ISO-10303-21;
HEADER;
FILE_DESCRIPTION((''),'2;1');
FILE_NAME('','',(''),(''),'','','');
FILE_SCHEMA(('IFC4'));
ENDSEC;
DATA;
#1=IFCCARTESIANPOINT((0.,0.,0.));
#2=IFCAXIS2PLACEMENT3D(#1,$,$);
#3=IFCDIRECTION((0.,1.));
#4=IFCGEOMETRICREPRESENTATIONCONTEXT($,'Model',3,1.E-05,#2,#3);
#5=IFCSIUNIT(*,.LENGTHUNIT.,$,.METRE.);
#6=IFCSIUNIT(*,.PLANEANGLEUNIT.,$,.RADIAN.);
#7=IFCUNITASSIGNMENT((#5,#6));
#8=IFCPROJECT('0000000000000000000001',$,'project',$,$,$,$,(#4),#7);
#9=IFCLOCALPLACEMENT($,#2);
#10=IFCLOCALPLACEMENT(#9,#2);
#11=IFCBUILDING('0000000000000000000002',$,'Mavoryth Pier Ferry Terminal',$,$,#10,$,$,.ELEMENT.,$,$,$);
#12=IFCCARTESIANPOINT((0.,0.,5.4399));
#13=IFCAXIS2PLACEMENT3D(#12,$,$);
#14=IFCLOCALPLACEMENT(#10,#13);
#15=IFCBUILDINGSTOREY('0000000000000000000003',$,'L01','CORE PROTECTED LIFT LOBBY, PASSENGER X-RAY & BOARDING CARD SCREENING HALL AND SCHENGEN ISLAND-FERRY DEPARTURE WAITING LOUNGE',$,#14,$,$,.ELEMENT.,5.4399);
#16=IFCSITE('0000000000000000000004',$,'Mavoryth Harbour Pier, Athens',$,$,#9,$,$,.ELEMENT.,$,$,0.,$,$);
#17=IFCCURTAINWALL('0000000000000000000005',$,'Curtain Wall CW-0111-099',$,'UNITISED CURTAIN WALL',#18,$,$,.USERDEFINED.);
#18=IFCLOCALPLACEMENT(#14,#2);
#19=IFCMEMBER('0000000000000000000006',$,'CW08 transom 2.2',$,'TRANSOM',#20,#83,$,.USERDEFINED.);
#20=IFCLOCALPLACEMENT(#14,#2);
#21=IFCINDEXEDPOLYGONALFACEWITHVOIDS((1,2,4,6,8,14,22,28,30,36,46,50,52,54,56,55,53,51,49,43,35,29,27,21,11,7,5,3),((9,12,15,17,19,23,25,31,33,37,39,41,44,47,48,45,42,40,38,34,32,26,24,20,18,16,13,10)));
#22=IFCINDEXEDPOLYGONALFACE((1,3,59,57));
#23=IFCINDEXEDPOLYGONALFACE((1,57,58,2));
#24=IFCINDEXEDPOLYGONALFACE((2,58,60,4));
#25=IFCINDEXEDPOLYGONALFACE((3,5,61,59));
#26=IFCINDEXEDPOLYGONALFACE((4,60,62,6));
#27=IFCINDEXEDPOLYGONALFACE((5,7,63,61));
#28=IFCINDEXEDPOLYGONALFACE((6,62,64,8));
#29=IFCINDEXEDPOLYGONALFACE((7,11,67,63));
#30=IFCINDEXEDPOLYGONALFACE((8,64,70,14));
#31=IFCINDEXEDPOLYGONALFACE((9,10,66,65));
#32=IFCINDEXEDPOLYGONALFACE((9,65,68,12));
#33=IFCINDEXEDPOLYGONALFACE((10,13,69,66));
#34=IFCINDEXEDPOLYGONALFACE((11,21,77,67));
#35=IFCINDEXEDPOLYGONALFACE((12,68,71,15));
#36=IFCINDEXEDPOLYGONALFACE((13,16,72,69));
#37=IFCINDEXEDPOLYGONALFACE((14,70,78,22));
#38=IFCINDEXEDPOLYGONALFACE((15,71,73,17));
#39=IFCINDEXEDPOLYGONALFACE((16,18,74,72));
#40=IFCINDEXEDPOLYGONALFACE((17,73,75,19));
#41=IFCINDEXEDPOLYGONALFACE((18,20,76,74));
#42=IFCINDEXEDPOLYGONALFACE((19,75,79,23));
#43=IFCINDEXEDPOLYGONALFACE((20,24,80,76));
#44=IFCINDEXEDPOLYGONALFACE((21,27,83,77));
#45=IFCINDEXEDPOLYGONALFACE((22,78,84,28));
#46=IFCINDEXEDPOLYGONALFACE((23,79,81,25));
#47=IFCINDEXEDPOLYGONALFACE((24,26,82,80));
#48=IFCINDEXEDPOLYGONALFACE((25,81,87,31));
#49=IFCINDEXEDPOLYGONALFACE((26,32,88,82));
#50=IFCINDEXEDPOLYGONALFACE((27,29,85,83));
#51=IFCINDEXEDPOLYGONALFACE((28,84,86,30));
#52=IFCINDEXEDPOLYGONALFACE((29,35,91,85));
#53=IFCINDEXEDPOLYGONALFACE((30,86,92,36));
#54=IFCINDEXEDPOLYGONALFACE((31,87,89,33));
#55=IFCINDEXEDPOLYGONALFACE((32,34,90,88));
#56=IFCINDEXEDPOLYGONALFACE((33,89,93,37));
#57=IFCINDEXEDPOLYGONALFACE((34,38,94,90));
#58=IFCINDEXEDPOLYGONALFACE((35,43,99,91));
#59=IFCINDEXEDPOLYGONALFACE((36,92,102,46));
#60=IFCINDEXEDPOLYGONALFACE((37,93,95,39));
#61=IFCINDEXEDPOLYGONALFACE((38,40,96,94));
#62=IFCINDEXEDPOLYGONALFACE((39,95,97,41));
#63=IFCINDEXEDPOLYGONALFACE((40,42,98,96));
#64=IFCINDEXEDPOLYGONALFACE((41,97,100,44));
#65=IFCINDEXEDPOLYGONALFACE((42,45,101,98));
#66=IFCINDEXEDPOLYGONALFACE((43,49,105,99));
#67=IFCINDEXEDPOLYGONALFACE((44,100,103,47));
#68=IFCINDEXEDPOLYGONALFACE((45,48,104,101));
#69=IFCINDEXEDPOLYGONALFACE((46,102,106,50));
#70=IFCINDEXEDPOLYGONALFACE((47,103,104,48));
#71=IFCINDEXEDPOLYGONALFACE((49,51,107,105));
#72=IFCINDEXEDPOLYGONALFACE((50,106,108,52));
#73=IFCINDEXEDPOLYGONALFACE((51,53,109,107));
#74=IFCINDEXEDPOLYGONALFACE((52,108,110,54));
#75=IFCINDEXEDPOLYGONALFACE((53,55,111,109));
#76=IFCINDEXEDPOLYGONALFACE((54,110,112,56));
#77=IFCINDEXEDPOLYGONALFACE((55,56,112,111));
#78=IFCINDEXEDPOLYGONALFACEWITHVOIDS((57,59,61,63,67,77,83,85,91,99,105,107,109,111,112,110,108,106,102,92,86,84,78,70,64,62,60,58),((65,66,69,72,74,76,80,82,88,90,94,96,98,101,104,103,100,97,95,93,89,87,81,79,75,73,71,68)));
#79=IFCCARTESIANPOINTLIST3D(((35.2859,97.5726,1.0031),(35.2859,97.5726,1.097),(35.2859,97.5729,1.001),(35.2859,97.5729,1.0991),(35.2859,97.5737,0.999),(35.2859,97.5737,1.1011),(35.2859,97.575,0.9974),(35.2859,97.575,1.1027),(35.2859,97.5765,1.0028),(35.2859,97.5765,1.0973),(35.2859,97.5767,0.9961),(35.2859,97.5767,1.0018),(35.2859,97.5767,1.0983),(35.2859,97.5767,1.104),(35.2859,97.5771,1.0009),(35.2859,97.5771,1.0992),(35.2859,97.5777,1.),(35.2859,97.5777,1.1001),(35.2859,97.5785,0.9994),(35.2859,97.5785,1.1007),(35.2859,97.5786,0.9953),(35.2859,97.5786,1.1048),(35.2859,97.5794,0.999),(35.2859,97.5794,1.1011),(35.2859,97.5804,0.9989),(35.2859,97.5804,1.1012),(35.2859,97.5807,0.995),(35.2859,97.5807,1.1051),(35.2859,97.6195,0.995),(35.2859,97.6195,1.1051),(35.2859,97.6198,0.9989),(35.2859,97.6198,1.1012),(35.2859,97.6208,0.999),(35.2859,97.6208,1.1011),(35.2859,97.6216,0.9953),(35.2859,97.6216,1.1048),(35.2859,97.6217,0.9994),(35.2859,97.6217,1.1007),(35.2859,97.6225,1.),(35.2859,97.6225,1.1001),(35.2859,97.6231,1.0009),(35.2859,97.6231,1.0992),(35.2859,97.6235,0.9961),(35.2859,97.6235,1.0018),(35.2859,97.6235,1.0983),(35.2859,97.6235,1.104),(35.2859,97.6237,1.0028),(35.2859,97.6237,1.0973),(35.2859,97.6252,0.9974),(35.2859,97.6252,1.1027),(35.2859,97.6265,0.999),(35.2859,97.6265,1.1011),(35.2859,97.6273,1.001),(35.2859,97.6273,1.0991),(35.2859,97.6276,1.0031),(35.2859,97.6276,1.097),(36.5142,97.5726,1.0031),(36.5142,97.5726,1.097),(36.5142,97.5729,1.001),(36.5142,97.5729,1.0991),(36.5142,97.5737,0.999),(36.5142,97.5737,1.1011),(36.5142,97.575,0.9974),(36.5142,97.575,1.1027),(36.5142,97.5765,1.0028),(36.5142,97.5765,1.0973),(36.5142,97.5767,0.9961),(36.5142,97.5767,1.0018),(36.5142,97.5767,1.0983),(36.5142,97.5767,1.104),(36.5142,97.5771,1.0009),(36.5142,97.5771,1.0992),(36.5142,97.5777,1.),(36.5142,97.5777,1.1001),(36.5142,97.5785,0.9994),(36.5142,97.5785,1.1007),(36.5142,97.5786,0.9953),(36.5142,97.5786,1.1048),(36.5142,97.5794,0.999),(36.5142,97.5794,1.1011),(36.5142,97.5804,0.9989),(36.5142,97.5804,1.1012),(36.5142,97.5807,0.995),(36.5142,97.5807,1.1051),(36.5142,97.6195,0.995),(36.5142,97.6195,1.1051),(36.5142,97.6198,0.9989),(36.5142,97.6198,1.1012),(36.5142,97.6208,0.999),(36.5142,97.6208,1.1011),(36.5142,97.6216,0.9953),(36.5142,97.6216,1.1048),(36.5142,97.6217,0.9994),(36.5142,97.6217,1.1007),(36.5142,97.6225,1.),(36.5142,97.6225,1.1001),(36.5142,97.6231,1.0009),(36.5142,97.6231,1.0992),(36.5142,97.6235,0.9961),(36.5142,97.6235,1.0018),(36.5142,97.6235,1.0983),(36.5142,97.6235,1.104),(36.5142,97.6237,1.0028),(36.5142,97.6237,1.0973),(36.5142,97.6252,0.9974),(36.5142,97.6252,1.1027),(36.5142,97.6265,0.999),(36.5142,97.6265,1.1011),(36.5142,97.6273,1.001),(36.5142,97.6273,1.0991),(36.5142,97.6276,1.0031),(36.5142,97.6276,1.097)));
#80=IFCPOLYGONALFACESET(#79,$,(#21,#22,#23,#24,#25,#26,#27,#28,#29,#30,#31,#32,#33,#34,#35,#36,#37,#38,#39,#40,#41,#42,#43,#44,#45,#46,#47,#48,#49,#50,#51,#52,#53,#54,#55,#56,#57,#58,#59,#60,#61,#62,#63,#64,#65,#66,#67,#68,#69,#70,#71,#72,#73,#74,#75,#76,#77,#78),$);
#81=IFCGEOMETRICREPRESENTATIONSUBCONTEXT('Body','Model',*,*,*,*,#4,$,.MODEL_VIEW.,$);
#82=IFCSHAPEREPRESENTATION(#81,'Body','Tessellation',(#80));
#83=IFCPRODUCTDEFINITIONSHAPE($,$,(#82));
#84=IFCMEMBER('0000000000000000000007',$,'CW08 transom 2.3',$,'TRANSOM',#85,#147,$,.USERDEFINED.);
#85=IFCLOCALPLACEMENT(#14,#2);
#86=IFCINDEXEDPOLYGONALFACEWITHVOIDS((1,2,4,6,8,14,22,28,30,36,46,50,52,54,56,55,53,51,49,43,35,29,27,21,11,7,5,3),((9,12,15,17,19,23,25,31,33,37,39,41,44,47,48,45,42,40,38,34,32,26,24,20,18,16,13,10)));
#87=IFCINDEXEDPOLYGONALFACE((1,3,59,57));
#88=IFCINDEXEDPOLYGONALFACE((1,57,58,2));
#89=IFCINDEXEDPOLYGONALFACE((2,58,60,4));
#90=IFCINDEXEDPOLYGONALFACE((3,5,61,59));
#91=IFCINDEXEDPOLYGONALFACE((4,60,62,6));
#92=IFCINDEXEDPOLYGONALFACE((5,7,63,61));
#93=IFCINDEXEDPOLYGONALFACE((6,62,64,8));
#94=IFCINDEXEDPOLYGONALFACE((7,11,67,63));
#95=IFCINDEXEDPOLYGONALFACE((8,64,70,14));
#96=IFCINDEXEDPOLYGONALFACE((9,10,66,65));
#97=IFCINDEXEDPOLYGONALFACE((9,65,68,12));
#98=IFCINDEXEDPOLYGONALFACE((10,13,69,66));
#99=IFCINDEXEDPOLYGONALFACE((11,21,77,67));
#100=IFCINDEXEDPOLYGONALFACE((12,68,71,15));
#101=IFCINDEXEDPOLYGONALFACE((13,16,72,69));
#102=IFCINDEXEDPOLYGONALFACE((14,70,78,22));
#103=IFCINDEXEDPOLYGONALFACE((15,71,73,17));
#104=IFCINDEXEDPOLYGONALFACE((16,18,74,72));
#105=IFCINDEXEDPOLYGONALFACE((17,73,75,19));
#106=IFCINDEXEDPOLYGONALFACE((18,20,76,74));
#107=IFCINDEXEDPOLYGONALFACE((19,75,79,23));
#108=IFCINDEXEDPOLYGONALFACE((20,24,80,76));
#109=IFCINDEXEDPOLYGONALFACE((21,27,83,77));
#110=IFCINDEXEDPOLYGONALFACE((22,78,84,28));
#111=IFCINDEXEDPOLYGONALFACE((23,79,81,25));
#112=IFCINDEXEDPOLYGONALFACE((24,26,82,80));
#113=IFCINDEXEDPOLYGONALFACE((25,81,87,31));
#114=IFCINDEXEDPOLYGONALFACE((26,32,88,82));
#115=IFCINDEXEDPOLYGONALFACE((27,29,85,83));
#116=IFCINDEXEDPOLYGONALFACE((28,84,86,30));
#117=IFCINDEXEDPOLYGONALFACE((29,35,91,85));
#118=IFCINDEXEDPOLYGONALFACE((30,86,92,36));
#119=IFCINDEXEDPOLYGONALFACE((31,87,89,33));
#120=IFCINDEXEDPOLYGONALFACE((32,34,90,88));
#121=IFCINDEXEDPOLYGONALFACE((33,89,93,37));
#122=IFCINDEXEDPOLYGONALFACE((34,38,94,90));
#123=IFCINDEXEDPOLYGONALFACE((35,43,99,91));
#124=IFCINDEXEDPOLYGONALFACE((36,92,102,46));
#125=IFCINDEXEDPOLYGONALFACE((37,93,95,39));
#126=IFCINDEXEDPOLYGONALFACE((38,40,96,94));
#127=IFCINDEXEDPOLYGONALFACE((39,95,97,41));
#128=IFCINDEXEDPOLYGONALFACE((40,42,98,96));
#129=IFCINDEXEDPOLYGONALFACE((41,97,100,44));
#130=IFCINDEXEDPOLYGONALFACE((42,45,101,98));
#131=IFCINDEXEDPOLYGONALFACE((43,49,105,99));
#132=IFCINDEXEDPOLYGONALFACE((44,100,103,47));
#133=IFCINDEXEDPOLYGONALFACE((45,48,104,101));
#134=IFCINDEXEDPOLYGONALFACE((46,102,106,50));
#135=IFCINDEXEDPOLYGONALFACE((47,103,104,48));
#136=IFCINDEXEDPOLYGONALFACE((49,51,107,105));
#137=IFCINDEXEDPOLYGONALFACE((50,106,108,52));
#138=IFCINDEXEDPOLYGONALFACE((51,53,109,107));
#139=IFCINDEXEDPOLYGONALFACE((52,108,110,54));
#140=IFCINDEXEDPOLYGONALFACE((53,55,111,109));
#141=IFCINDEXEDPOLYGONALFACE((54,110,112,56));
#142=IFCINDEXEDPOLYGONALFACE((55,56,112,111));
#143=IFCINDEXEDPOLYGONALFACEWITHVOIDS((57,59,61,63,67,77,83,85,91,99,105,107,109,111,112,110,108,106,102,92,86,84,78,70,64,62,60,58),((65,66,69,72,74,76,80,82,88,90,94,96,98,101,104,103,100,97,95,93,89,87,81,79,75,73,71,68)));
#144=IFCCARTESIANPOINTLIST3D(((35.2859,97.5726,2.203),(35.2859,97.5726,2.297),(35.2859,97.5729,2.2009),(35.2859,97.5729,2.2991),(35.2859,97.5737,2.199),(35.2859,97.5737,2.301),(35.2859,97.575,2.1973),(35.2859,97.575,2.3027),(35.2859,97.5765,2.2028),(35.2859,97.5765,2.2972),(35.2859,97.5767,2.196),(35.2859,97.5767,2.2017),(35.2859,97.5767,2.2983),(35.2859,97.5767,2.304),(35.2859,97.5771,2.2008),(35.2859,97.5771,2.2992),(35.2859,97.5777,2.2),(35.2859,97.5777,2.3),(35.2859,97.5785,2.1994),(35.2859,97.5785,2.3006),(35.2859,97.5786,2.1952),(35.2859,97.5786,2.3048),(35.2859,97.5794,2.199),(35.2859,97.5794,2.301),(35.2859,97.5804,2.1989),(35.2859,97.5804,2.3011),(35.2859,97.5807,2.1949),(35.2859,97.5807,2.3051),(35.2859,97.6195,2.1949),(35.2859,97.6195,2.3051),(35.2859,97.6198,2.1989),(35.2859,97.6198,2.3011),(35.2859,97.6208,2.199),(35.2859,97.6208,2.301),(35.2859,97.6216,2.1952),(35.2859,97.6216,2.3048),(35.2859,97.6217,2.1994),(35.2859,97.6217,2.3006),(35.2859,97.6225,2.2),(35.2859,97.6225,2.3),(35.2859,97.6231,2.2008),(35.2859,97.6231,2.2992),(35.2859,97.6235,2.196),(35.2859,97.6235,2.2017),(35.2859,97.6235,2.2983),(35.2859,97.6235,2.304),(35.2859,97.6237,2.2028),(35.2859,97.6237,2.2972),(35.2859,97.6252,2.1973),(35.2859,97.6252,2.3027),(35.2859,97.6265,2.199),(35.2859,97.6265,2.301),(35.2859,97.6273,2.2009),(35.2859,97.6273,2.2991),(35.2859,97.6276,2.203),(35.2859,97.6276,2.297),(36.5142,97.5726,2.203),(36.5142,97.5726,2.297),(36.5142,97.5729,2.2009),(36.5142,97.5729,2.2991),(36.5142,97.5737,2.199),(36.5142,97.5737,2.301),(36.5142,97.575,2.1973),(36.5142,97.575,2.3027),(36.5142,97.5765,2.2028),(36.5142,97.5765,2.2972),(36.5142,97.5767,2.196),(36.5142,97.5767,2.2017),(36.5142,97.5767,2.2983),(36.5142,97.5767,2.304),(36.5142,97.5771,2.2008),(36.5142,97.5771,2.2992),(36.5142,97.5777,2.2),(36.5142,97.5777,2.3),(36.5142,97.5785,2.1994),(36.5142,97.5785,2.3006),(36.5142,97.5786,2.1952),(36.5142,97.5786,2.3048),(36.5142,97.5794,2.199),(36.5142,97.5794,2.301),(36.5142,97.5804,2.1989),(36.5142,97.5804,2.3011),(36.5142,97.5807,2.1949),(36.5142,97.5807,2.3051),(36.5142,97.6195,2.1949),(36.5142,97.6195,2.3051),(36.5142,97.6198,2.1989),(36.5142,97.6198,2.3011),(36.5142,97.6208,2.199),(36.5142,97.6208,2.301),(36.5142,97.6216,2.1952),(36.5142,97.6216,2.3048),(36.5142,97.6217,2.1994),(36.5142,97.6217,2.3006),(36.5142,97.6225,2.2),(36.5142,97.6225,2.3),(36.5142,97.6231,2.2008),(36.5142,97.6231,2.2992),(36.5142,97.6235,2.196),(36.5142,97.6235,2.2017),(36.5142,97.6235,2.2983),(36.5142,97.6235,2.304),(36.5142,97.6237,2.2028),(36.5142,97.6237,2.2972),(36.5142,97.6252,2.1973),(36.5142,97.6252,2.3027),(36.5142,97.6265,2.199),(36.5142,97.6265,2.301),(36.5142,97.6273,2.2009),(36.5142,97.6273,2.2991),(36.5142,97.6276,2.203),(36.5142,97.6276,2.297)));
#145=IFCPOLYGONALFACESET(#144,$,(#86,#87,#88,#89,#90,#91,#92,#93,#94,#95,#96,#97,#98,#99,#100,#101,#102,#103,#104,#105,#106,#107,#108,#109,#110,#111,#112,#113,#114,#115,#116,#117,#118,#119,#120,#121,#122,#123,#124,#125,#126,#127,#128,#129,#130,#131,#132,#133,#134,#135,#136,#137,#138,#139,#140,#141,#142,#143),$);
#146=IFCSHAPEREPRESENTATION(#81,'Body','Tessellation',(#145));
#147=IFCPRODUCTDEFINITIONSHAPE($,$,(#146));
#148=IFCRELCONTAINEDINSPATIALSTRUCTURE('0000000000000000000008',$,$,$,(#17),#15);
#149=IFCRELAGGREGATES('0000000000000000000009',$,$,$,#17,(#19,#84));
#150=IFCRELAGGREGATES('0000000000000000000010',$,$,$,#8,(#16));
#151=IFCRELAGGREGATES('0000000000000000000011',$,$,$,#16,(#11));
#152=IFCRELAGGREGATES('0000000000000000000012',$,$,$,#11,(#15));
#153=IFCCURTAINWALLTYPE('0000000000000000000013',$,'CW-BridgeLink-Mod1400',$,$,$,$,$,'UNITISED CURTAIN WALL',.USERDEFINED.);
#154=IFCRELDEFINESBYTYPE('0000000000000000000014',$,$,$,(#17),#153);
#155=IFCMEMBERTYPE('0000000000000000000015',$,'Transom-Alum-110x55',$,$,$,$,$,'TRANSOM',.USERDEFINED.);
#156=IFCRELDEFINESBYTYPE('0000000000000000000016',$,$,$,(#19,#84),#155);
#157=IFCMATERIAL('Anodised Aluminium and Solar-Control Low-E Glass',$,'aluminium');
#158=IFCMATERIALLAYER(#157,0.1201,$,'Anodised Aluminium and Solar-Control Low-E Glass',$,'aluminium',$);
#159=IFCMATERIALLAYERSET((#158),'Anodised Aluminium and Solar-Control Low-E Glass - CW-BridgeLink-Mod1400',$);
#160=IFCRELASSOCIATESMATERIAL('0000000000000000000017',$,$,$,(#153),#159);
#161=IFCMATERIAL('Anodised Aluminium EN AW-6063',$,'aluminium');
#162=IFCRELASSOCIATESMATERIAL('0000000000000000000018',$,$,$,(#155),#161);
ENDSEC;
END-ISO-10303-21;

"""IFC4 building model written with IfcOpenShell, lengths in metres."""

from ifc_helpers import new_model, si_unit, direction, frame, origin, origin_2d, place, context, subcontext, project, spatial, hollow_rectangle, extrude, material, layer, layer_set, material_profile, profile_set, type_object, element, aggregate, save


model = new_model("IFC4")

# Units and contexts
model_context = context("Model", 3, precision=1e-05, world=origin(), true_north=direction((0.0, 1.0)))
body_context = subcontext(model_context, "Body", "Model", "MODEL_VIEW")
ifc_project = project(units=[si_unit("LENGTHUNIT", "METRE"), si_unit("PLANEANGLEUNIT", "RADIAN")], contexts=[model_context])

# Site, building, storey
site_placement = place(None, origin())
site = spatial("IfcSite", under=ifc_project, at=site_placement, Name="Mavoryth Harbour Pier, Athens", CompositionType="ELEMENT", RefElevation=0.0)
building_placement = place(site_placement, origin())
building = spatial("IfcBuilding", under=site, at=building_placement, Name="Mavoryth Pier Ferry Terminal", CompositionType="ELEMENT")
storey_placement = place(building_placement, frame((0.0, 0.0, 5.4399)))
storey = spatial("IfcBuildingStorey", under=building, at=storey_placement, Name="L01", Description="CORE PROTECTED LIFT LOBBY, PASSENGER X-RAY & BOARDING CARD SCREENING HALL AND SCHENGEN ISLAND-FERRY DEPARTURE WAITING LOUNGE", CompositionType="ELEMENT", Elevation=5.4399)

# Shared definitions
ifc_material_1 = material(Name="Anodised Aluminium and Solar-Control Low-E Glass", Category="aluminium")
ifc_layer_1 = layer(ifc_material_1, 0.1201, Name="Anodised Aluminium and Solar-Control Low-E Glass", Category="aluminium")
ifc_layer_set_1 = layer_set([ifc_layer_1], Name="Anodised Aluminium and Solar-Control Low-E Glass - CW-BridgeLink-Mod1400")
curtain_wall_type = type_object("IfcCurtainWallType", Name="CW-BridgeLink-Mod1400", ElementType="UNITISED CURTAIN WALL", PredefinedType="USERDEFINED", material=ifc_layer_set_1)
ifc_material_2 = material(Name="Anodised Aluminium EN AW-6063", Category="aluminium")

# Curtain wall
curtain_wall_1_placement = place(storey_placement, origin())
curtain_wall_1 = element("IfcCurtainWall", 1, at=curtain_wall_1_placement, inside=storey, type_object=curtain_wall_type, Name="Curtain Wall CW-0111-099", ObjectType="UNITISED CURTAIN WALL", PredefinedType="USERDEFINED")

# Members
ifc_material_profile_1 = material_profile(ifc_material_2, hollow_rectangle(XDim=0.0549, YDim=0.1101, WallThickness=0.0039, InnerFilletRadius=0.0039, OuterFilletRadius=0.0081, at=origin_2d()), Name="AL-TRAN 110x55x4", Category="aluminium")
ifc_profile_set_1 = profile_set([ifc_material_profile_1], Name="Anodised Aluminium EN AW-6063 - AL-TRAN 110x55x4")
member_type_1 = type_object("IfcMemberType", Name="Transom-Alum-110x55", ElementType="TRANSOM", PredefinedType="USERDEFINED", material=ifc_profile_set_1)
member_1_placement = place(storey_placement, frame((35.2859, 97.6001, 1.05), z_axis=(1.0, 0.0, 0.0), x_axis=(0.0, 1.0, 0.0)))
member_1 = element("IfcMember", 2, at=member_1_placement, type_object=member_type_1, Name="CW08 transom 2.2", ObjectType="TRANSOM", PredefinedType="USERDEFINED", context=body_context, shape_type="SweptSolid", body=[
    extrude(hollow_rectangle(XDim=0.0549, YDim=0.1101, WallThickness=0.0039, InnerFilletRadius=0.0039, OuterFilletRadius=0.0081, at=origin_2d()), origin(), (0.0, 0.0, 1.0), 1.2283),
])
member_2_placement = place(storey_placement, frame((35.2859, 97.6001, 2.25), z_axis=(1.0, 0.0, 0.0), x_axis=(0.0, 1.0, 0.0)))
member_2 = element("IfcMember", 3, at=member_2_placement, type_object=member_type_1, Name="CW08 transom 2.3", ObjectType="TRANSOM", PredefinedType="USERDEFINED", context=body_context, shape_type="SweptSolid", body=[
    extrude(hollow_rectangle(XDim=0.0549, YDim=0.1101, WallThickness=0.0039, InnerFilletRadius=0.0039, OuterFilletRadius=0.0081, at=origin_2d()), origin(), (0.0, 0.0, 1.0), 1.2283),
])

aggregate(curtain_wall_1, [member_1, member_2])

save(model, "model.ifc")
